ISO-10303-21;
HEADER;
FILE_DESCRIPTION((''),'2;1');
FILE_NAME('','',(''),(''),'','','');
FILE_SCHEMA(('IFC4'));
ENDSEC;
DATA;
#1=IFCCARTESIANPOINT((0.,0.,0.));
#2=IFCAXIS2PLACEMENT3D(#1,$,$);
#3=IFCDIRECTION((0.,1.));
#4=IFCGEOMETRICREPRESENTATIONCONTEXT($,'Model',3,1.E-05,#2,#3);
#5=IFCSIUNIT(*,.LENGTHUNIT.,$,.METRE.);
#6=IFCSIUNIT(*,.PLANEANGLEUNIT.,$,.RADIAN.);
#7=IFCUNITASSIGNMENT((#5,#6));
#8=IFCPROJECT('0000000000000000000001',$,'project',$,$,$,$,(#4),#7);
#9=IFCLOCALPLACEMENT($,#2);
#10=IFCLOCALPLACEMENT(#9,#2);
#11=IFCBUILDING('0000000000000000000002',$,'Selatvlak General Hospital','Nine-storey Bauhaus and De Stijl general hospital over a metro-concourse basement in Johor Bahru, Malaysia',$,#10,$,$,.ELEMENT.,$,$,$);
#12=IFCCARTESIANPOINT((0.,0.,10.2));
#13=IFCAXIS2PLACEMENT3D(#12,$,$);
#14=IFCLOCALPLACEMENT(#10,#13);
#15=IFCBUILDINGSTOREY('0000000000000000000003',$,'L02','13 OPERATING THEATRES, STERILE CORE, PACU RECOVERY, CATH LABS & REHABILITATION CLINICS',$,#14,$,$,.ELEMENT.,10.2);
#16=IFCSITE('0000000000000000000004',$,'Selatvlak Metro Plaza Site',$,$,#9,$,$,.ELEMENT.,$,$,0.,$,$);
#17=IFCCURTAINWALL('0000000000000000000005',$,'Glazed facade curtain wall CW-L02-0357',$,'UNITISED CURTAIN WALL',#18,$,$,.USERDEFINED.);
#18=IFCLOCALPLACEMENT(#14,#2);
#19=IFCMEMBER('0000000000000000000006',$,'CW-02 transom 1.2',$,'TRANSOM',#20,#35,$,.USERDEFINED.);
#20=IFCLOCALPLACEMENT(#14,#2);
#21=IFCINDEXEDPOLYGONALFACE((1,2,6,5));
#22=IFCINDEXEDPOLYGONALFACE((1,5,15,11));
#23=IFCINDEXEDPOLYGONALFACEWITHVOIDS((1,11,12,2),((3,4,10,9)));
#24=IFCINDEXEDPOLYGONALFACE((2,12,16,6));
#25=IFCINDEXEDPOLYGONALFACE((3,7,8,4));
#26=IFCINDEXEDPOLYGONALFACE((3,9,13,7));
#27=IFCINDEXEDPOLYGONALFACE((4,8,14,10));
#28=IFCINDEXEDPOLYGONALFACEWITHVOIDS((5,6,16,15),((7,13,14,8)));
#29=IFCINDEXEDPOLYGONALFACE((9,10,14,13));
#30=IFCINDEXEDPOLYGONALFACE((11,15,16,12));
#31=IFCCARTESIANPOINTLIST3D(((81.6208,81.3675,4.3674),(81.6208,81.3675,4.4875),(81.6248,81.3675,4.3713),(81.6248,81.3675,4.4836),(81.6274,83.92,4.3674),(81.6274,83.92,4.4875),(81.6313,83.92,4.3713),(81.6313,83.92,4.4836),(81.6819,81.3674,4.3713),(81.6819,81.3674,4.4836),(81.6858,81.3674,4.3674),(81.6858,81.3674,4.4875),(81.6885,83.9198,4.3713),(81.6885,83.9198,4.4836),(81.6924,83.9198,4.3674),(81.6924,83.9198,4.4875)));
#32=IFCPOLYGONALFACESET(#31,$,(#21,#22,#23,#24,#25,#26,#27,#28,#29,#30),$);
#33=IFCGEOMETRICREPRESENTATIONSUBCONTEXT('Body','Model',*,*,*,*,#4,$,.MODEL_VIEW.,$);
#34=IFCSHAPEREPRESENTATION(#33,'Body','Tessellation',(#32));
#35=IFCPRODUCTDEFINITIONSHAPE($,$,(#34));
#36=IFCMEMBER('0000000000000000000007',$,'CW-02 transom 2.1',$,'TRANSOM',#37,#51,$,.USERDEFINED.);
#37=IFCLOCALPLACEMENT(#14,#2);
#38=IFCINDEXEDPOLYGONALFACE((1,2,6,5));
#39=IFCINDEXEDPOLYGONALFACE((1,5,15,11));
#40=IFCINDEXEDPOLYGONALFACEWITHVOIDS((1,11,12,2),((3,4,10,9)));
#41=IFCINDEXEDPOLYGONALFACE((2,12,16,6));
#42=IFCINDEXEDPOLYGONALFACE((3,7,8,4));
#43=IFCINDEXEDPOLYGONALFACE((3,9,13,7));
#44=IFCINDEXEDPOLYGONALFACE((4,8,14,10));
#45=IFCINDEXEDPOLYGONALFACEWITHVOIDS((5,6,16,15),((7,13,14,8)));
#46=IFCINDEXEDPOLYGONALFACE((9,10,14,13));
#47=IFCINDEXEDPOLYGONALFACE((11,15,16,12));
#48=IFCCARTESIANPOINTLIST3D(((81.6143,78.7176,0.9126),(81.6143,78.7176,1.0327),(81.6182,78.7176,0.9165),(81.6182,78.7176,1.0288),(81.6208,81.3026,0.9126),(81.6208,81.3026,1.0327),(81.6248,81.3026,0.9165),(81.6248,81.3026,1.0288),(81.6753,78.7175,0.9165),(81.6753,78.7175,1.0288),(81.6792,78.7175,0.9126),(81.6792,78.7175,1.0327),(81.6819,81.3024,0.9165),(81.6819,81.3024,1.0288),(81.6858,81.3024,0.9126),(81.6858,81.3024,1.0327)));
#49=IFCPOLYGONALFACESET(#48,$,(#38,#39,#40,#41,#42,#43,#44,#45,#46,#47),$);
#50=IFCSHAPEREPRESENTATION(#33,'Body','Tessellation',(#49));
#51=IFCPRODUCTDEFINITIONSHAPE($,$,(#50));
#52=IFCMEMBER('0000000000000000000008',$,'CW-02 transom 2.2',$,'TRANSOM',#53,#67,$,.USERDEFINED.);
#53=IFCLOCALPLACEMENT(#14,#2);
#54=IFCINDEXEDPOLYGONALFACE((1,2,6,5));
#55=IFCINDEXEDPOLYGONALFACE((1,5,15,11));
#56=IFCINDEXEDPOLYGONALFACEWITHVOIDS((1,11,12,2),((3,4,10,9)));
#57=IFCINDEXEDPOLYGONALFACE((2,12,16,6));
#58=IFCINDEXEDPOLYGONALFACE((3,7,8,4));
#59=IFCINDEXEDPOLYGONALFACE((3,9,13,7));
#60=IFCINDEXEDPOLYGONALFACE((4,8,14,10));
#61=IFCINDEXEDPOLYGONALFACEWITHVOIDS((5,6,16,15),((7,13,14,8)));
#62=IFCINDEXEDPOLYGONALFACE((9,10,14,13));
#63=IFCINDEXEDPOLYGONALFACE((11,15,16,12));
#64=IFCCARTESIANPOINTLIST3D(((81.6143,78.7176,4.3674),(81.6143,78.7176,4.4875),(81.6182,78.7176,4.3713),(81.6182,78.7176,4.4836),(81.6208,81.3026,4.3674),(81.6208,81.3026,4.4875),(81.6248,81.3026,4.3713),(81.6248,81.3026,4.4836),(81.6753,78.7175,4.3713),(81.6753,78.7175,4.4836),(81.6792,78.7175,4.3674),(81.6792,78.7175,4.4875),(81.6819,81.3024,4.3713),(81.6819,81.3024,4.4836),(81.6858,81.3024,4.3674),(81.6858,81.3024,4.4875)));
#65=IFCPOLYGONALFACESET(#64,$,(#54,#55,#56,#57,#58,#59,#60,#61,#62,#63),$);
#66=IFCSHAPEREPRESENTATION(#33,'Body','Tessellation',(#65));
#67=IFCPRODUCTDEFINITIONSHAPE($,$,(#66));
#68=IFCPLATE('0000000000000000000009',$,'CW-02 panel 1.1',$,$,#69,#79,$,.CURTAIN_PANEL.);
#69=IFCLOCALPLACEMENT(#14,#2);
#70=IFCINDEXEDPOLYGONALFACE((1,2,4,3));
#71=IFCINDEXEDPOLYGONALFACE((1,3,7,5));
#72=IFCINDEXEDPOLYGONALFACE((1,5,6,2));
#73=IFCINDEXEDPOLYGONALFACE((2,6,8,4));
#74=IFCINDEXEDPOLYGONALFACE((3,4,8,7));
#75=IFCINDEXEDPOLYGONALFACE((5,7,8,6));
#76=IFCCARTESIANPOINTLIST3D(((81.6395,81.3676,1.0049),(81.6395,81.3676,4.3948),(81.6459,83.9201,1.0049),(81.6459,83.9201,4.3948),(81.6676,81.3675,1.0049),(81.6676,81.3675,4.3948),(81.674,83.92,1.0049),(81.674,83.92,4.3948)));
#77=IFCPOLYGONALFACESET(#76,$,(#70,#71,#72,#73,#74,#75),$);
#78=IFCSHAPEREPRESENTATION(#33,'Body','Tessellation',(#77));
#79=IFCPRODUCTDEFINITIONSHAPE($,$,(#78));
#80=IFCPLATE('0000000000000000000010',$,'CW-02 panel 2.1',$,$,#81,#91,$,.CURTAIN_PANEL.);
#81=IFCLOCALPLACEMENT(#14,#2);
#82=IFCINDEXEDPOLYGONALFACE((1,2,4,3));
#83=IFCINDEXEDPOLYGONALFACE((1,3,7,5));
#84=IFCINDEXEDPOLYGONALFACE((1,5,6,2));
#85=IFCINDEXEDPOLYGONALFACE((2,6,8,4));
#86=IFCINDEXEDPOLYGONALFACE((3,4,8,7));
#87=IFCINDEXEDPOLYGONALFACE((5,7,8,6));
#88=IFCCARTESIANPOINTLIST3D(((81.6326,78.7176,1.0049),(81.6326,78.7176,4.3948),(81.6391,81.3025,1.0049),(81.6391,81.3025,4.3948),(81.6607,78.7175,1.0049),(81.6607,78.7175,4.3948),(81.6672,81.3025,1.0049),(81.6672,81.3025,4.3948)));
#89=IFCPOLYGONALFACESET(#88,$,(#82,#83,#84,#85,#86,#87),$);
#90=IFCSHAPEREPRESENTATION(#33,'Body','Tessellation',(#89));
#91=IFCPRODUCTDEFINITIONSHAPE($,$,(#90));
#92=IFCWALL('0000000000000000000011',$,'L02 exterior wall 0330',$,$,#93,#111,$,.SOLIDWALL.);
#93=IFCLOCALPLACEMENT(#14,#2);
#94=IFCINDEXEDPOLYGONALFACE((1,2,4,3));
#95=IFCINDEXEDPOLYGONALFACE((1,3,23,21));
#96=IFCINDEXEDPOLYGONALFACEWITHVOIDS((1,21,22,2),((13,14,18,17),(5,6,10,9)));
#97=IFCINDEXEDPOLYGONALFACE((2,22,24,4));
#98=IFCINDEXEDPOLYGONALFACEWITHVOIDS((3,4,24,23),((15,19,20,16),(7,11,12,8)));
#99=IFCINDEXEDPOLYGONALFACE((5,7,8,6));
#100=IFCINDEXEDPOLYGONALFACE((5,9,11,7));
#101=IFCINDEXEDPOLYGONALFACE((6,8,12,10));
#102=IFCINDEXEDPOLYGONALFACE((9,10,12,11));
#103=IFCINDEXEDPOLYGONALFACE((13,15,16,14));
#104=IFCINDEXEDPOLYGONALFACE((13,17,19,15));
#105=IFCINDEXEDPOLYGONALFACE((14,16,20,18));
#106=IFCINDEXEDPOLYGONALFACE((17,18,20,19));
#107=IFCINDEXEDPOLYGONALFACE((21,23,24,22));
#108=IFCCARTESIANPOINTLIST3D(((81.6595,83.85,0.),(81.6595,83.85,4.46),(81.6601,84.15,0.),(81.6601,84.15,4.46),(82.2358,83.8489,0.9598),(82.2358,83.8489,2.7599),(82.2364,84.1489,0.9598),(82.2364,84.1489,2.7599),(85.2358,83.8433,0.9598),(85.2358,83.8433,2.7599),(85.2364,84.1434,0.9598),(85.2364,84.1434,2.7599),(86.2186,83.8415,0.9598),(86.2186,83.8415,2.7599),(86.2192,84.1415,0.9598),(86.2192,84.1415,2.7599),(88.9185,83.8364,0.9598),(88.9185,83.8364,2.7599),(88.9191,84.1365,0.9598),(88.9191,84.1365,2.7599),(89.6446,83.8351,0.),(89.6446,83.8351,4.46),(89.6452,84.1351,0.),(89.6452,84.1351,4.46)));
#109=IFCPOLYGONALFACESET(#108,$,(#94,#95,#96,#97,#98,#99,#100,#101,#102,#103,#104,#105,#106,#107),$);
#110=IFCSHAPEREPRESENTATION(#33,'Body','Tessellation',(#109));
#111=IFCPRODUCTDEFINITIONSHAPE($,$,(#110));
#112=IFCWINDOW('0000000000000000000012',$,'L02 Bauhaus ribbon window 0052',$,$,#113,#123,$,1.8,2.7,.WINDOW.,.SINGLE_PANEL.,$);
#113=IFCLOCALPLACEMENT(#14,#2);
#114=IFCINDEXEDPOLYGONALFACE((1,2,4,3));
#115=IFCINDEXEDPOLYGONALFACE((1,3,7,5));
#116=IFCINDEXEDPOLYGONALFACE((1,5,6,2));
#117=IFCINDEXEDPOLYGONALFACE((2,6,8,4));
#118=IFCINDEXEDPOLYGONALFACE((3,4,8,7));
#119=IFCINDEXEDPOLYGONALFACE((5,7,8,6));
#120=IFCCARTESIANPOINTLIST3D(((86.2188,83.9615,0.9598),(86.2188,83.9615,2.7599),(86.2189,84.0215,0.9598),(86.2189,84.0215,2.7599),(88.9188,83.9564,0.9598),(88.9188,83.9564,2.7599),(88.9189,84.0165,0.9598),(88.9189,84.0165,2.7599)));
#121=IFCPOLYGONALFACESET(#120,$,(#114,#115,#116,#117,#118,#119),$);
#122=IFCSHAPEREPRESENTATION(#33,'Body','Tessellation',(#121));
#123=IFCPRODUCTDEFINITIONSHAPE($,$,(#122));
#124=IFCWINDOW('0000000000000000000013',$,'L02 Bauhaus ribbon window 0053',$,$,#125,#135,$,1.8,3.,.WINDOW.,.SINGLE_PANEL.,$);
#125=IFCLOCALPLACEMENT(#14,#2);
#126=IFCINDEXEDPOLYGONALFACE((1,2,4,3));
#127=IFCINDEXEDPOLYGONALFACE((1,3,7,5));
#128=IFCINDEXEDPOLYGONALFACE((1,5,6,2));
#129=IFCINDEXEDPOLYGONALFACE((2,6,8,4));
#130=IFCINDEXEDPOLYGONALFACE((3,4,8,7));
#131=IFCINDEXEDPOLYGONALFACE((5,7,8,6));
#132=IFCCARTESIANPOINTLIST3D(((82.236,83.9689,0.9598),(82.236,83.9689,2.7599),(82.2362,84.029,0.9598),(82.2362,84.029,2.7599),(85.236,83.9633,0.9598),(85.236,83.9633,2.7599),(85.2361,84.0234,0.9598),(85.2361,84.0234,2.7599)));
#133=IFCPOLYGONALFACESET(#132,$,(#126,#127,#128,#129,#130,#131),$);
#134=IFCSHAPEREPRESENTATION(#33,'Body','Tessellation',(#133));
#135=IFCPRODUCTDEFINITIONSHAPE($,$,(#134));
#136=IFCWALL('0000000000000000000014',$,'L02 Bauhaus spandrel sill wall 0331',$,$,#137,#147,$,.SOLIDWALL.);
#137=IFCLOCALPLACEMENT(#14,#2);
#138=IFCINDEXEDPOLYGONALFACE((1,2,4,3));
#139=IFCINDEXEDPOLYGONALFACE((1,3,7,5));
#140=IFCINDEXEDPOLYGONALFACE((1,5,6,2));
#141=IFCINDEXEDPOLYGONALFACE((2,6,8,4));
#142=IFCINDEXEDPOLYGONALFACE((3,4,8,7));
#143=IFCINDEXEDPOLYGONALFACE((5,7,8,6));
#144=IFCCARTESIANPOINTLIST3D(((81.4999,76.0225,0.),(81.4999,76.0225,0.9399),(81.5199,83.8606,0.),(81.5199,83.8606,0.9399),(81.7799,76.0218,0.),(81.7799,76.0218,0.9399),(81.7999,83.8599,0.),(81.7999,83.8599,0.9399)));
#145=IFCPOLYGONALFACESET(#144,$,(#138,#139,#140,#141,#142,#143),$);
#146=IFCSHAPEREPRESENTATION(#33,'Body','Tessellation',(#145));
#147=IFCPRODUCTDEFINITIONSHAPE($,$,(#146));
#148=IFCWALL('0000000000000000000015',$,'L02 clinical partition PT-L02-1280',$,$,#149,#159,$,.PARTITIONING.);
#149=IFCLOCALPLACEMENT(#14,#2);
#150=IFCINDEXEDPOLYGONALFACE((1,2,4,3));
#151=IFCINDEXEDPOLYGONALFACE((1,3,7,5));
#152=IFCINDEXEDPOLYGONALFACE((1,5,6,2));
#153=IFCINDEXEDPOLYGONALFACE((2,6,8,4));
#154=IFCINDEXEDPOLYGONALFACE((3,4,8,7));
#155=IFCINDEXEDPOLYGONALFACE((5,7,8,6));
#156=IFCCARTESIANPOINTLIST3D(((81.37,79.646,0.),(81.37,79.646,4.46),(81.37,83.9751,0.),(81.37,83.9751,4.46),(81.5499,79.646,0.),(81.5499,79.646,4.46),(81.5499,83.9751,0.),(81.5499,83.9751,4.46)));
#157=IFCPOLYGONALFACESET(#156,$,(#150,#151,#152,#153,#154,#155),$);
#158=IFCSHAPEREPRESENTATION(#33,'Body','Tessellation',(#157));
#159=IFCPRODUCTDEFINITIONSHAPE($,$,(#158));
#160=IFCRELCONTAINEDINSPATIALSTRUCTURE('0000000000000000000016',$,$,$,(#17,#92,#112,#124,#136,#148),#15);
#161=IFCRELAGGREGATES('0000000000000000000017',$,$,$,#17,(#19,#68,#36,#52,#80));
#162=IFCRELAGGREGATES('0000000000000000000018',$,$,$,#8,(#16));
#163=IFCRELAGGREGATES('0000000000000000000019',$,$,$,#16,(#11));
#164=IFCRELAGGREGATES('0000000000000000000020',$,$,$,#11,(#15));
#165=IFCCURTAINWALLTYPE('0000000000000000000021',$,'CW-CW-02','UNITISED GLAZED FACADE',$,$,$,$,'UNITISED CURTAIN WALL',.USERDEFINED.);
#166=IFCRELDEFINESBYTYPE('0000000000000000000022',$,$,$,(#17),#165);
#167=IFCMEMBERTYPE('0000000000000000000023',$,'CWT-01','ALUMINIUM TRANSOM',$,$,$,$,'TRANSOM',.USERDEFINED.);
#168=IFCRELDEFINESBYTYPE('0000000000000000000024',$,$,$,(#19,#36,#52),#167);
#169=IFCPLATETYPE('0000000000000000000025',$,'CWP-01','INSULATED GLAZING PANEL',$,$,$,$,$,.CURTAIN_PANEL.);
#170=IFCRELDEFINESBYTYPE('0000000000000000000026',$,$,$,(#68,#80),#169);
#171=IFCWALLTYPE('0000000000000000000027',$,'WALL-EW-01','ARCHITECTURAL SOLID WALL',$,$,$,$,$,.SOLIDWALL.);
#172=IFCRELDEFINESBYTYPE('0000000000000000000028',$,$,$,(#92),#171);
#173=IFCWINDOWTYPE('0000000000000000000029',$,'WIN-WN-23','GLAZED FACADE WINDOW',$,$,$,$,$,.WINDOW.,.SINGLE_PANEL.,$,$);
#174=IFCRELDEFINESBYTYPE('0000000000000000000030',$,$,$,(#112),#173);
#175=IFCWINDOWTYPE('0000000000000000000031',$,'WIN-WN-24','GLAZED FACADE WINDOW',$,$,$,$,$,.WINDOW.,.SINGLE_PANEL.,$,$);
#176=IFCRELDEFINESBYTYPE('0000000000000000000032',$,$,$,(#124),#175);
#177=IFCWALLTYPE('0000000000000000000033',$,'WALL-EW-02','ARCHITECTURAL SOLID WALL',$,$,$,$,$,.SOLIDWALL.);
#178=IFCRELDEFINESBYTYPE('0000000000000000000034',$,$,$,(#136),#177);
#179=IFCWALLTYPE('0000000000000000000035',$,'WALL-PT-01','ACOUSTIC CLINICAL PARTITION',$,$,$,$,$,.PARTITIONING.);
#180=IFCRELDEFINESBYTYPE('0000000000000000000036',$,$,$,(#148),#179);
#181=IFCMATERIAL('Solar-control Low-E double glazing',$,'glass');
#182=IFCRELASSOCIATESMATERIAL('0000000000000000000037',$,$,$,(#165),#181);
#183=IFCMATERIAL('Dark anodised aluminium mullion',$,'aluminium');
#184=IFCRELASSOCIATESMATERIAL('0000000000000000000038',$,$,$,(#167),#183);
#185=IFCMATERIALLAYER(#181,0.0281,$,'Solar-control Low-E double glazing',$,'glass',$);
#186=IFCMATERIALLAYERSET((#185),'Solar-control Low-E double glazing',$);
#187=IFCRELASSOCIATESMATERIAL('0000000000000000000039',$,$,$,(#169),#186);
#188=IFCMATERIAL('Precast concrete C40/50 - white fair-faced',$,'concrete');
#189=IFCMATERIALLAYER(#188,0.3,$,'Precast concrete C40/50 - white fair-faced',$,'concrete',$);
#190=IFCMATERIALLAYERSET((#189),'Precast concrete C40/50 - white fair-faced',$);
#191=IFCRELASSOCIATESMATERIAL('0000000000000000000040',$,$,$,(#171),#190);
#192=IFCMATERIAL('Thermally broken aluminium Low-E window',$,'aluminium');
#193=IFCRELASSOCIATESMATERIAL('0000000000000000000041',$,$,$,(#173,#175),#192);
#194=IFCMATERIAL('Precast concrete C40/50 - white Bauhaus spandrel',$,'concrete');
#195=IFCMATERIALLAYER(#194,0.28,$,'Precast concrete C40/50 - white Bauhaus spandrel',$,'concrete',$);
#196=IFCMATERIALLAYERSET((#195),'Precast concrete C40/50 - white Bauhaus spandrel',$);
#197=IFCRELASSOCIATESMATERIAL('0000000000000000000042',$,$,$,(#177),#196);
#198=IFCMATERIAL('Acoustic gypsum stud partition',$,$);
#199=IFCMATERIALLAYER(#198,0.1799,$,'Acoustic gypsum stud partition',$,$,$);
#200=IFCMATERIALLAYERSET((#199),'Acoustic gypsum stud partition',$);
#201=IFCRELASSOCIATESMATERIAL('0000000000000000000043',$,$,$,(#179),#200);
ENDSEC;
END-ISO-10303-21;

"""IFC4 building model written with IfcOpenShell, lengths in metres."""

from ifc_helpers import new_model, si_unit, direction, frame, frame_2d, origin, origin_2d, place, context, subcontext, project, spatial, rectangle, hollow_rectangle, extrude, material, layer, layer_set, material_profile, profile_set, type_object, element, fill, aggregate, save


model = new_model("IFC4")

# Units and contexts
model_context = context("Model", 3, precision=1e-05, world=origin(), true_north=direction((0.0, 1.0)))
body_context = subcontext(model_context, "Body", "Model", "MODEL_VIEW")
ifc_project = project(units=[si_unit("LENGTHUNIT", "METRE"), si_unit("PLANEANGLEUNIT", "RADIAN")], contexts=[model_context])

# Site, building, storey
site_placement = place(None, origin())
site = spatial("IfcSite", under=ifc_project, at=site_placement, Name="Selatvlak Metro Plaza Site", CompositionType="ELEMENT", RefElevation=0.0)
building_placement = place(site_placement, origin())
building = spatial("IfcBuilding", under=site, at=building_placement, Name="Selatvlak General Hospital", Description="Nine-storey Bauhaus and De Stijl general hospital over a metro-concourse basement in Johor Bahru, Malaysia", CompositionType="ELEMENT")
storey_placement = place(building_placement, frame((0.0, 0.0, 10.2)))
storey = spatial("IfcBuildingStorey", under=building, at=storey_placement, Name="L02", Description="13 OPERATING THEATRES, STERILE CORE, PACU RECOVERY, CATH LABS & REHABILITATION CLINICS", CompositionType="ELEMENT", Elevation=10.2)

# Curtain wall, members, plates
ifc_material_1 = material(Name="Solar-control Low-E double glazing", Category="glass")
curtain_wall_type = type_object("IfcCurtainWallType", Name="CW-CW-02", Description="UNITISED GLAZED FACADE", ElementType="UNITISED CURTAIN WALL", PredefinedType="USERDEFINED", material=ifc_material_1)
curtain_wall_placement = place(storey_placement, origin())
curtain_wall = element("IfcCurtainWall", 1, at=curtain_wall_placement, inside=storey, type_object=curtain_wall_type, Name="Glazed facade curtain wall CW-L02-0357", ObjectType="UNITISED CURTAIN WALL", PredefinedType="USERDEFINED")
ifc_material_2 = material(Name="Dark anodised aluminium mullion", Category="aluminium")
ifc_material_profile_1 = material_profile(ifc_material_2, hollow_rectangle(XDim=0.0649, YDim=0.1201, WallThickness=0.0039, at=origin_2d()), Name="AL-TRN 65x120x4")
ifc_profile_set_1 = profile_set([ifc_material_profile_1], Name="Dark anodised aluminium mullion")
member_type_1 = type_object("IfcMemberType", Name="CWT-01", Description="ALUMINIUM TRANSOM", ElementType="TRANSOM", PredefinedType="USERDEFINED", material=ifc_profile_set_1)
member_1_placement = place(storey_placement, frame((81.6599, 83.9199, 4.4275), z_axis=(-0.002582, -0.999997, 0.0), x_axis=(0.999997, -0.002582, 0.0)))
member_1 = element("IfcMember", 2, at=member_1_placement, type_object=member_type_1, Name="CW-02 transom 1.2", ObjectType="TRANSOM", PredefinedType="USERDEFINED", context=body_context, shape_type="SweptSolid", body=[
    extrude(hollow_rectangle(XDim=0.0649, YDim=0.1201, WallThickness=0.0039, at=origin_2d()), origin(), (0.0, 0.0, 1.0), 2.5525),
])
member_2_placement = place(storey_placement, frame((81.6533, 81.3025, 0.9727), z_axis=(-0.00255, -0.999997, 0.0), x_axis=(0.999997, -0.00255, 0.0)))
member_2 = element("IfcMember", 3, at=member_2_placement, type_object=member_type_1, Name="CW-02 transom 2.1", ObjectType="TRANSOM", PredefinedType="USERDEFINED", context=body_context, shape_type="SweptSolid", body=[
    extrude(hollow_rectangle(XDim=0.0649, YDim=0.1201, WallThickness=0.0039, at=origin_2d()), origin(), (0.0, 0.0, 1.0), 2.585),
])
member_3_placement = place(storey_placement, frame((81.6533, 81.3025, 4.4275), z_axis=(-0.00255, -0.999997, 0.0), x_axis=(0.999997, -0.00255, 0.0)))
member_3 = element("IfcMember", 4, at=member_3_placement, type_object=member_type_1, Name="CW-02 transom 2.2", ObjectType="TRANSOM", PredefinedType="USERDEFINED", context=body_context, shape_type="SweptSolid", body=[
    extrude(hollow_rectangle(XDim=0.0649, YDim=0.1201, WallThickness=0.0039, at=origin_2d()), origin(), (0.0, 0.0, 1.0), 2.585),
])
ifc_layer_1 = layer(ifc_material_1, 0.0281, Name="Solar-control Low-E double glazing", Category="glass")
ifc_layer_set_1 = layer_set([ifc_layer_1], Name="Solar-control Low-E double glazing")
plate_type = type_object("IfcPlateType", Name="CWP-01", Description="INSULATED GLAZING PANEL", PredefinedType="CURTAIN_PANEL", material=ifc_layer_set_1)
plate_1_placement = place(storey_placement, frame((81.6567, 82.6438, 1.0049), z_axis=(0.0, 0.0, 1.0), x_axis=(-0.002516, -0.999997, 0.0)))
plate_1 = element("IfcPlate", 5, at=plate_1_placement, type_object=plate_type, Name="CW-02 panel 1.1", PredefinedType="CURTAIN_PANEL", context=body_context, shape_type="SweptSolid", body=[
    extrude(rectangle(XDim=2.5525, YDim=0.0281, at=origin_2d()), origin(), (0.0, 0.0, 1.0), 3.3899),
])
plate_2_placement = place(storey_placement, frame((81.6499, 80.01, 1.0049), z_axis=(0.0, 0.0, 1.0), x_axis=(-0.002516, -0.999997, 0.0)))
plate_2 = element("IfcPlate", 6, at=plate_2_placement, type_object=plate_type, Name="CW-02 panel 2.1", PredefinedType="CURTAIN_PANEL", context=body_context, shape_type="SweptSolid", body=[
    extrude(rectangle(XDim=2.585, YDim=0.0281, at=origin_2d()), origin(), (0.0, 0.0, 1.0), 3.3899),
])
aggregate(curtain_wall, [member_1, plate_1, member_2, member_3, plate_2])

# Wall, openings, windows
ifc_material_3 = material(Name="Precast concrete C40/50 - white fair-faced", Category="concrete")
ifc_layer_2 = layer(ifc_material_3, 0.3, Name="Precast concrete C40/50 - white fair-faced", Category="concrete")
ifc_layer_set_2 = layer_set([ifc_layer_2], Name="Precast concrete C40/50 - white fair-faced")
wall_type_1 = type_object("IfcWallType", Name="WALL-EW-01", Description="ARCHITECTURAL SOLID WALL", PredefinedType="SOLIDWALL", material=ifc_layer_set_2)
wall_1_placement = place(storey_placement, frame((89.645, 83.9851, 0.0), z_axis=(0.0, 0.0, 1.0), x_axis=(-0.999998, 0.001865, 0.0)))
wall_1 = element("IfcWall", 7, at=wall_1_placement, inside=storey, type_object=wall_type_1, Name="L02 exterior wall 0330", PredefinedType="SOLIDWALL", context=body_context, shape_type="SweptSolid", body=[
    extrude(rectangle(XDim=7.9851, YDim=0.3, at=frame_2d((3.9927, 0.0))), origin(), (0.0, 0.0, 1.0), 4.46),
])
opening_1_placement = place(wall_1_placement, frame((0.7261, 0.0, 0.96)))
opening_1 = element("IfcOpeningElement", 8, at=opening_1_placement, cuts=wall_1, PredefinedType="OPENING", context=body_context, shape_type="SweptSolid", body=[
    extrude(rectangle(XDim=2.7, YDim=1.8, at=frame_2d((1.3501, 0.8999))), frame((0.0, 0.1599, 0.0), z_axis=(0.0, -1.0, 0.0), x_axis=(1.0, 0.0, 0.0)), (0.0, 0.0, 1.0), 0.3201),
])
opening_2_placement = place(wall_1_placement, frame((4.4089, 0.0, 0.96)))
opening_2 = element("IfcOpeningElement", 9, at=opening_2_placement, cuts=wall_1, PredefinedType="OPENING", context=body_context, shape_type="SweptSolid", body=[
    extrude(rectangle(XDim=3.0, YDim=1.8, at=frame_2d((1.5, 0.8999))), frame((0.0, 0.1599, 0.0), z_axis=(0.0, -1.0, 0.0), x_axis=(1.0, 0.0, 0.0)), (0.0, 0.0, 1.0), 0.3201),
])
ifc_material_4 = material(Name="Thermally broken aluminium Low-E window", Category="aluminium")
window_type_1 = type_object("IfcWindowType", Name="WIN-WN-23", Description="GLAZED FACADE WINDOW", PartitioningType="SINGLE_PANEL", PredefinedType="WINDOW", material=ifc_material_4)
window_1_placement = place(opening_1_placement, origin())
window_1 = element("IfcWindow", 10, at=window_1_placement, inside=storey, type_object=window_type_1, Name="L02 Bauhaus ribbon window 0052", OverallHeight=1.8, OverallWidth=2.7, PartitioningType="SINGLE_PANEL", PredefinedType="WINDOW", context=body_context, shape_type="SweptSolid", body=[
    extrude(rectangle(XDim=2.7, YDim=1.8, at=frame_2d((1.3501, 0.8999))), frame((0.0, 0.03, 0.0), z_axis=(0.0, -1.0, 0.0), x_axis=(1.0, 0.0, 0.0)), (0.0, 0.0, 1.0), 0.0601),
])
fill(opening_1, window_1)
window_type_2 = type_object("IfcWindowType", Name="WIN-WN-24", Description="GLAZED FACADE WINDOW", PartitioningType="SINGLE_PANEL", PredefinedType="WINDOW", material=ifc_material_4)
window_2_placement = place(opening_2_placement, origin())
window_2 = element("IfcWindow", 11, at=window_2_placement, inside=storey, type_object=window_type_2, Name="L02 Bauhaus ribbon window 0053", OverallHeight=1.8, OverallWidth=3.0, PartitioningType="SINGLE_PANEL", PredefinedType="WINDOW", context=body_context, shape_type="SweptSolid", body=[
    extrude(rectangle(XDim=3.0, YDim=1.8, at=frame_2d((1.5, 0.8999))), frame((0.0, 0.03, 0.0), z_axis=(0.0, -1.0, 0.0), x_axis=(1.0, 0.0, 0.0)), (0.0, 0.0, 1.0), 0.0601),
])
fill(opening_2, window_2)

# Walls
ifc_material_5 = material(Name="Precast concrete C40/50 - white Bauhaus spandrel", Category="concrete")
ifc_layer_3 = layer(ifc_material_5, 0.28, Name="Precast concrete C40/50 - white Bauhaus spandrel", Category="concrete")
ifc_layer_set_3 = layer_set([ifc_layer_3], Name="Precast concrete C40/50 - white Bauhaus spandrel")
wall_type_2 = type_object("IfcWallType", Name="WALL-EW-02", Description="ARCHITECTURAL SOLID WALL", PredefinedType="SOLIDWALL", material=ifc_layer_set_3)
wall_2_placement = place(storey_placement, frame((81.6599, 83.8601, 0.0), z_axis=(0.0, 0.0, 1.0), x_axis=(-0.002554, -0.999997, 0.0)))
element("IfcWall", 12, at=wall_2_placement, inside=storey, type_object=wall_type_2, Name="L02 Bauhaus spandrel sill wall 0331", PredefinedType="SOLIDWALL", context=body_context, shape_type="SweptSolid", body=[
    extrude(rectangle(XDim=7.8381, YDim=0.28, at=frame_2d((3.9189, 0.0))), origin(), (0.0, 0.0, 1.0), 0.9399),
])
ifc_material_6 = material(Name="Acoustic gypsum stud partition")
ifc_layer_4 = layer(ifc_material_6, 0.1799, Name="Acoustic gypsum stud partition")
ifc_layer_set_4 = layer_set([ifc_layer_4], Name="Acoustic gypsum stud partition")
wall_type_3 = type_object("IfcWallType", Name="WALL-PT-01", Description="ACOUSTIC CLINICAL PARTITION", PredefinedType="PARTITIONING", material=ifc_layer_set_4)
wall_3_placement = place(storey_placement, frame((81.46, 83.9751, 0.0), z_axis=(0.0, 0.0, 1.0), x_axis=(0.0, -1.0, 0.0)))
element("IfcWall", 13, at=wall_3_placement, inside=storey, type_object=wall_type_3, Name="L02 clinical partition PT-L02-1280", PredefinedType="PARTITIONING", context=body_context, shape_type="SweptSolid", body=[
    extrude(rectangle(XDim=4.3291, YDim=0.1799, at=frame_2d((2.1646, 0.0))), origin(), (0.0, 0.0, 1.0), 4.46),
])

save(model, "model.ifc")
